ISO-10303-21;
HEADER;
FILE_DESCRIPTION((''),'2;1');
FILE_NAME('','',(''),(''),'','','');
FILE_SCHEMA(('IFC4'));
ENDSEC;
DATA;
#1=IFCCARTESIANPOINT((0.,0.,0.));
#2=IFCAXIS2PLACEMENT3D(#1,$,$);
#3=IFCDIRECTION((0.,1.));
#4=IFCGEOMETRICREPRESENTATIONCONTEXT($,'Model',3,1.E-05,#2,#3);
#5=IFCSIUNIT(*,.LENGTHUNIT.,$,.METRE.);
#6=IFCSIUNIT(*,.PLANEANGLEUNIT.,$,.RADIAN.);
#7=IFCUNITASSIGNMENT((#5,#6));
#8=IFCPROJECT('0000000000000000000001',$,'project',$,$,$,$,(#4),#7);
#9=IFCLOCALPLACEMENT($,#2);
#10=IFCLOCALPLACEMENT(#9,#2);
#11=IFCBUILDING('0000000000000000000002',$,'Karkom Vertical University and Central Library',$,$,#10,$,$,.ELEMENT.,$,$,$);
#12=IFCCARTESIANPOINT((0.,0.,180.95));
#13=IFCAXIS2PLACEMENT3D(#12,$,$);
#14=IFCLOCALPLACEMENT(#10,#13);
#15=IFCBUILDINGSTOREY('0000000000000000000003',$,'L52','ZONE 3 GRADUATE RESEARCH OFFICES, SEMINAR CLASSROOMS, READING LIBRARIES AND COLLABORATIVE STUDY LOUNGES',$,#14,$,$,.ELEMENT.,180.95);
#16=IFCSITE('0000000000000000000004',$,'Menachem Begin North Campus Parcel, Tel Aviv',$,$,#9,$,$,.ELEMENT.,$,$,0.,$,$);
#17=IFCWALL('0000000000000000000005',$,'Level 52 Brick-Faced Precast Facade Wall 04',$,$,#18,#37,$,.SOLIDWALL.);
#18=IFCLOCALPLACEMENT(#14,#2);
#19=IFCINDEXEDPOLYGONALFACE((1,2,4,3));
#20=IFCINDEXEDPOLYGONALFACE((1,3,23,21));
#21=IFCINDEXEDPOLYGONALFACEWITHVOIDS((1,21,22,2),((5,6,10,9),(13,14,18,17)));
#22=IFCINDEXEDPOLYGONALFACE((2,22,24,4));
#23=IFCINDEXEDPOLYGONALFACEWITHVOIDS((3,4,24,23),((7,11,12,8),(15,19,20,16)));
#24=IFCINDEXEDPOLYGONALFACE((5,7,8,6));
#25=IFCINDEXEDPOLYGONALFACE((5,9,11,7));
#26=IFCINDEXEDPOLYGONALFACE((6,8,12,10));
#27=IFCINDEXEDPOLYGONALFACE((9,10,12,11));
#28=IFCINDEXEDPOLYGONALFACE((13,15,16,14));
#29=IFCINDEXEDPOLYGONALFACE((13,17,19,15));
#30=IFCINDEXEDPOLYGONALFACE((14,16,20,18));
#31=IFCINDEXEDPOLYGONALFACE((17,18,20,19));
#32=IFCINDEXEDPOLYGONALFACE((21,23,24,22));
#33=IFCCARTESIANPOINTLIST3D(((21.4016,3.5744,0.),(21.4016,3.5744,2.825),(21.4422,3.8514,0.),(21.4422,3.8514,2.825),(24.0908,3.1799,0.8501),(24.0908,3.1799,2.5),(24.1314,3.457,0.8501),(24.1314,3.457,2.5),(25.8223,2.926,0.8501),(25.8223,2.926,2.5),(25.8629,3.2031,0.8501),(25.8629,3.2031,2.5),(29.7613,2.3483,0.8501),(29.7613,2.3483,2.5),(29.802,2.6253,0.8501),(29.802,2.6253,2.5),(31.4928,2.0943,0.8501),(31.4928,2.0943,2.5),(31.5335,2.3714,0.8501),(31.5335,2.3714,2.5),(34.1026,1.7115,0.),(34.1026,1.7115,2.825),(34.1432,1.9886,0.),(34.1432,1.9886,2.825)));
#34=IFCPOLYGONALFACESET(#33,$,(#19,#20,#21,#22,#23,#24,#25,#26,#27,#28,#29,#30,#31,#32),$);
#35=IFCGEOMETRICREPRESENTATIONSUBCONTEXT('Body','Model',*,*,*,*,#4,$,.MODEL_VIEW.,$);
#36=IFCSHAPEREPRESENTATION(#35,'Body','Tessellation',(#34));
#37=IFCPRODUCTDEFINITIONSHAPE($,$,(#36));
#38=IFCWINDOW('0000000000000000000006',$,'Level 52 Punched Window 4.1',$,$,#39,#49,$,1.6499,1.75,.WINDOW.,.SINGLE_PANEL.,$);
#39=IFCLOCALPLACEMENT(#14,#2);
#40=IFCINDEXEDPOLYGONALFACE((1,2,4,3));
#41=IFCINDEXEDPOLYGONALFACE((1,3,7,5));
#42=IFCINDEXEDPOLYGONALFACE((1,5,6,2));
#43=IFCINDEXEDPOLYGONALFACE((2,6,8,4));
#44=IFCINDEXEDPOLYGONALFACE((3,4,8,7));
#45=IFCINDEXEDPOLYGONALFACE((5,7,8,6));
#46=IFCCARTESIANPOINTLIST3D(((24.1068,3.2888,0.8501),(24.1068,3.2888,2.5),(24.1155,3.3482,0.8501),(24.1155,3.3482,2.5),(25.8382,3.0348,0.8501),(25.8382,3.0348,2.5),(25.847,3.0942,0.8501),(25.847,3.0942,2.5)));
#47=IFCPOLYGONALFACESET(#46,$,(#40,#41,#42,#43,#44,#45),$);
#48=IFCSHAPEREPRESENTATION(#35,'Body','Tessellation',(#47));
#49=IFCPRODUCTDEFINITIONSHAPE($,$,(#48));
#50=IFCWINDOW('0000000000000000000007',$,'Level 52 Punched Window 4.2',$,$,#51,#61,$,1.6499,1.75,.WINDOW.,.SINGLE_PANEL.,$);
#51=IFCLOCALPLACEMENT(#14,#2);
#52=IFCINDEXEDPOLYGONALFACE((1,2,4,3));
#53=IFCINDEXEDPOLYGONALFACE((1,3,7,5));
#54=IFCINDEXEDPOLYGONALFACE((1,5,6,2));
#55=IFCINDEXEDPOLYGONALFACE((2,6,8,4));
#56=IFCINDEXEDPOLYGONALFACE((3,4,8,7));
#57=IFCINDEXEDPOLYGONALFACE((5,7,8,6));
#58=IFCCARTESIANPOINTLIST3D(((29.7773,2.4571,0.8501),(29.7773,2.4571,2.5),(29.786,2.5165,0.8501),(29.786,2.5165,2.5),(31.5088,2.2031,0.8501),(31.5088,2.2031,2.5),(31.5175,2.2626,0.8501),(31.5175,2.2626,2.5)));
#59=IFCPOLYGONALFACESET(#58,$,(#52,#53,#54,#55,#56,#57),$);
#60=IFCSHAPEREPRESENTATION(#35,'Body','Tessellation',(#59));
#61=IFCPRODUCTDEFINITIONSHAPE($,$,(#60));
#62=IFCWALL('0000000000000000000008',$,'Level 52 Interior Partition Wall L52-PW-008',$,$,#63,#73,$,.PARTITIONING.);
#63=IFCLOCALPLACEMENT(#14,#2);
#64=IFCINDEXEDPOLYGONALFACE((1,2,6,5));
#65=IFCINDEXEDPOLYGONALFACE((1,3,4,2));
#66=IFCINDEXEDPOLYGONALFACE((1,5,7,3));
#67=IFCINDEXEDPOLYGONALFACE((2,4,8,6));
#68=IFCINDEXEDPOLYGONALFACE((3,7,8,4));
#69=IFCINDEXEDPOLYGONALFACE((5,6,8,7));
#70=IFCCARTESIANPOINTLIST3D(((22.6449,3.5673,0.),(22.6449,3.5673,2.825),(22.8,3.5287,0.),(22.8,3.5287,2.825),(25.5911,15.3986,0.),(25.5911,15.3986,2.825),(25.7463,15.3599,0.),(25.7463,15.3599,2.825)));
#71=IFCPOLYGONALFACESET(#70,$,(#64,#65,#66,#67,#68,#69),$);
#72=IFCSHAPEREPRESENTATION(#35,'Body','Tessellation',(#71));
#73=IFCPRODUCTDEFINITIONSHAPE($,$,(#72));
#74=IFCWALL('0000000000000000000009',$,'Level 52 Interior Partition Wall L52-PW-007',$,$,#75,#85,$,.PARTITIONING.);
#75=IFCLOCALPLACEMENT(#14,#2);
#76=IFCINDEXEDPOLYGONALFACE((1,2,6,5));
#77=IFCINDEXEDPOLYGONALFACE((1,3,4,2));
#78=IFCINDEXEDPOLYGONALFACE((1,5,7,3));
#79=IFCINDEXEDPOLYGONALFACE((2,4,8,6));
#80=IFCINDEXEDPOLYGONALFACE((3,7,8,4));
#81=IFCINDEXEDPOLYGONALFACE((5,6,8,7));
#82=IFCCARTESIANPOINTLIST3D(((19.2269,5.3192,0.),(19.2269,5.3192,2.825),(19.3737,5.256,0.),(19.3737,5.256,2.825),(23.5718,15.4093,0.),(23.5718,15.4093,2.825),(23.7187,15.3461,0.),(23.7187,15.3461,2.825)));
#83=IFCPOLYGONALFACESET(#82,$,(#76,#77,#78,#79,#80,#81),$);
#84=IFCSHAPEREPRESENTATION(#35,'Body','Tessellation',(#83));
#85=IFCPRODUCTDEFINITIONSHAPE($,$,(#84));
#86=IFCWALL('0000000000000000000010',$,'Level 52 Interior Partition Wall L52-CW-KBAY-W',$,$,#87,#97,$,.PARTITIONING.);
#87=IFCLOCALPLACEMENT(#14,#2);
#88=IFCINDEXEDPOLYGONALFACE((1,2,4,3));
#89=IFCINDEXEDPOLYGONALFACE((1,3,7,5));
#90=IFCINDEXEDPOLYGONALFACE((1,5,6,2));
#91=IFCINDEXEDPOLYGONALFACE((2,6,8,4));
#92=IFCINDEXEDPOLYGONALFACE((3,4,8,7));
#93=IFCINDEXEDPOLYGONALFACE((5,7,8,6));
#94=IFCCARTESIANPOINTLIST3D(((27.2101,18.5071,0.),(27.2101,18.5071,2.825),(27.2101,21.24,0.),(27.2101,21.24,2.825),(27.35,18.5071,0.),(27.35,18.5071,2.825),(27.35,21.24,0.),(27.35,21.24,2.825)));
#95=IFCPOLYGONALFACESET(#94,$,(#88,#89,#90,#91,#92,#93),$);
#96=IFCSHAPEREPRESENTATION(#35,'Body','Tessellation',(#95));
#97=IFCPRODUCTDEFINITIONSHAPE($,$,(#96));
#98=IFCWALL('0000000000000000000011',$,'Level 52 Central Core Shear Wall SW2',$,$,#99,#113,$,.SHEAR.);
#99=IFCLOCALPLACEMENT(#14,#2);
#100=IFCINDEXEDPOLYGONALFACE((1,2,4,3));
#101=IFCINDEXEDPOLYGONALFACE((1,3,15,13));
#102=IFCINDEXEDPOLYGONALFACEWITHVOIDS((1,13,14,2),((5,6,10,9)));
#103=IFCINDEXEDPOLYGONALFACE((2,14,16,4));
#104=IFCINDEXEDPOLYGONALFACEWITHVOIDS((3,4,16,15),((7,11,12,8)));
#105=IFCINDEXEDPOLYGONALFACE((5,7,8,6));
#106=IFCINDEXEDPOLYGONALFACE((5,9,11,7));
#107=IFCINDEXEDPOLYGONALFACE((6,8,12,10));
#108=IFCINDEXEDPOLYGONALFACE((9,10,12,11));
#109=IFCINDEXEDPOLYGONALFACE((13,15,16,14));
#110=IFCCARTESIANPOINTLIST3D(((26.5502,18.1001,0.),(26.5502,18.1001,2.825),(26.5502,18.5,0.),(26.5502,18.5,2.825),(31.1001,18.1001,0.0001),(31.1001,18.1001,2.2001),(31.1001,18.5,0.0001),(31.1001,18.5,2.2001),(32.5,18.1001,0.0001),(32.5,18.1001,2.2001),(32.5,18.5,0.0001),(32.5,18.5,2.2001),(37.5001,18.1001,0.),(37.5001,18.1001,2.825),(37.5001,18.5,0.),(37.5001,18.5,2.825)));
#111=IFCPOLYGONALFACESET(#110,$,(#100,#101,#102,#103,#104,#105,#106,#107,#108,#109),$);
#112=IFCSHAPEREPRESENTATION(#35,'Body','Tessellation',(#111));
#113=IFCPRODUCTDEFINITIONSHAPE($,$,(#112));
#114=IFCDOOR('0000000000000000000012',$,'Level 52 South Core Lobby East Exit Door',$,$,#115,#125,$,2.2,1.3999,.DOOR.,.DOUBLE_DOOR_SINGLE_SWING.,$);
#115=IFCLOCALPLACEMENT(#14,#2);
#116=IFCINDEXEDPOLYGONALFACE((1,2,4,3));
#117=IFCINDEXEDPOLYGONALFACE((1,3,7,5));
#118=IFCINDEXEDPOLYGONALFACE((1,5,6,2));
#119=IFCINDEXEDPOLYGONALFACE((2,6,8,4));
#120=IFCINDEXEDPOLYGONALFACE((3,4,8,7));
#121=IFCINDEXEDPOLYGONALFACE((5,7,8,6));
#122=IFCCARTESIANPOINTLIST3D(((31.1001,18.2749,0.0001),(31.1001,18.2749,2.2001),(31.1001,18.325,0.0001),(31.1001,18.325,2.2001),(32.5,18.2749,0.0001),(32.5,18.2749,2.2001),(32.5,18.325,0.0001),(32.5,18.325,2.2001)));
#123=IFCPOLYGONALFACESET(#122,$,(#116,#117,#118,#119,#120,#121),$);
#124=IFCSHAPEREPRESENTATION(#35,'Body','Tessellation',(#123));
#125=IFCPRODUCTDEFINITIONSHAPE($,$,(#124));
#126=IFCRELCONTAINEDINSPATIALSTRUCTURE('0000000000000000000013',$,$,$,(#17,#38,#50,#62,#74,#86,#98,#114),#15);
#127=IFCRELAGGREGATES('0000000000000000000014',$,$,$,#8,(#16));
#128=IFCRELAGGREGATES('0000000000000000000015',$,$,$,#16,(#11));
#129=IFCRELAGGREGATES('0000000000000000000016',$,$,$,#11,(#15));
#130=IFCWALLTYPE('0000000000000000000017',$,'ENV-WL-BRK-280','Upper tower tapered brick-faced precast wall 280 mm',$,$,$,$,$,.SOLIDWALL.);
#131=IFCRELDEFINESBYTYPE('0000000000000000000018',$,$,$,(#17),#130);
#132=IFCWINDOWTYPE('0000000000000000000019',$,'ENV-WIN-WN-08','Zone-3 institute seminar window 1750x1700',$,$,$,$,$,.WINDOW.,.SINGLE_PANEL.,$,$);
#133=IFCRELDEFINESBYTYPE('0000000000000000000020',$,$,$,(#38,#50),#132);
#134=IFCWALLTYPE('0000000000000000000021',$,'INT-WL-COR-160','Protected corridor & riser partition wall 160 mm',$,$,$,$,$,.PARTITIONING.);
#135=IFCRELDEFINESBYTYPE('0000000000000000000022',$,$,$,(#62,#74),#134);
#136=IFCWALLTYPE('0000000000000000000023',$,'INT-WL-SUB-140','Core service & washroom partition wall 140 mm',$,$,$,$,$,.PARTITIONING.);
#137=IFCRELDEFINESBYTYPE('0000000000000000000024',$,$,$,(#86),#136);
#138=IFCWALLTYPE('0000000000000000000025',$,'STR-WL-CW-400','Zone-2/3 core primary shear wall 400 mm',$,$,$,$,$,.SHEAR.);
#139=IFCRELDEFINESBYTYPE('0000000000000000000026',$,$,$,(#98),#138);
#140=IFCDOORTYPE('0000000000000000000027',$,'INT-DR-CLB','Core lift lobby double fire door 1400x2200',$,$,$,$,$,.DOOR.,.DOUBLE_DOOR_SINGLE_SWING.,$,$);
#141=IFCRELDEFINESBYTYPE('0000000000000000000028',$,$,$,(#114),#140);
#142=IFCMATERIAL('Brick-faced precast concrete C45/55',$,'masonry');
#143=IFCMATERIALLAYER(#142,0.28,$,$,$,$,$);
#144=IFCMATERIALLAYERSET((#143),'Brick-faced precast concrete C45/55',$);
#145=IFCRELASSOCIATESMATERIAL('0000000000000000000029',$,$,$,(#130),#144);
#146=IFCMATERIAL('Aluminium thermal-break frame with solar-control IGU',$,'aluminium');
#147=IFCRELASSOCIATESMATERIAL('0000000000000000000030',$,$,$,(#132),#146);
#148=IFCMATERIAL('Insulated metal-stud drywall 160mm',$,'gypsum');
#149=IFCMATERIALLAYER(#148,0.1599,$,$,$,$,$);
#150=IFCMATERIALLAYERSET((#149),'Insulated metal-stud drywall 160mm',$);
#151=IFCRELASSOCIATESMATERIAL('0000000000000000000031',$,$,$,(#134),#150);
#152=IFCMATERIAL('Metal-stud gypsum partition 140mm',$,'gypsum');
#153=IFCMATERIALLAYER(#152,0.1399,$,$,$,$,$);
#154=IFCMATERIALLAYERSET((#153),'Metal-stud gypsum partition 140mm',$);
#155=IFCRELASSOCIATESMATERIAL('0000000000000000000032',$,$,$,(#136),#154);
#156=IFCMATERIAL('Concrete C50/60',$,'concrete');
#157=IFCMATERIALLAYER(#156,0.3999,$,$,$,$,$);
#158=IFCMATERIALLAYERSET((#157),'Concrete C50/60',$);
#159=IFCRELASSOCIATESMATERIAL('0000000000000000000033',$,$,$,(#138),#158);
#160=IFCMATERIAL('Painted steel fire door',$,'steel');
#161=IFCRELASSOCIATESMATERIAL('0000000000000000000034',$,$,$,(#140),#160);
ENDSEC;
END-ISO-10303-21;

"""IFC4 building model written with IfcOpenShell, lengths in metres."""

from ifc_helpers import new_model, si_unit, direction, frame, frame_2d, origin, origin_with_axes, place, context, subcontext, project, spatial, rectangle, extrude, source, transform, mapped, material, layer, layer_set, type_object, element, fill, save


model = new_model("IFC4")

# Units and contexts
model_context = context("Model", 3, precision=1e-05, world=origin(), true_north=direction((0.0, 1.0)))
body_context = subcontext(model_context, "Body", "Model", "MODEL_VIEW")
ifc_project = project(units=[si_unit("LENGTHUNIT", "METRE"), si_unit("PLANEANGLEUNIT", "RADIAN")], contexts=[model_context])

# Site, building, storey
site_placement = place(None, origin())
site = spatial("IfcSite", under=ifc_project, at=site_placement, Name="Menachem Begin North Campus Parcel, Tel Aviv", CompositionType="ELEMENT", RefElevation=0.0)
building_placement = place(site_placement, origin())
building = spatial("IfcBuilding", under=site, at=building_placement, Name="Karkom Vertical University and Central Library", CompositionType="ELEMENT")
storey_placement = place(building_placement, frame((0.0, 0.0, 180.95)))
storey = spatial("IfcBuildingStorey", under=building, at=storey_placement, Name="L52", Description="ZONE 3 GRADUATE RESEARCH OFFICES, SEMINAR CLASSROOMS, READING LIBRARIES AND COLLABORATIVE STUDY LOUNGES", CompositionType="ELEMENT", Elevation=180.95)

# Shared definitions
ifc_material_1 = material(Name="Concrete C50/60", Category="concrete")

# Wall, openings, windows
ifc_material_2 = material(Name="Brick-faced precast concrete C45/55", Category="masonry")
ifc_layer_1 = layer(ifc_material_2, 0.28)
ifc_layer_set_1 = layer_set([ifc_layer_1], Name="Brick-faced precast concrete C45/55")
wall_type_1 = type_object("IfcWallType", Name="ENV-WL-BRK-280", Description="Upper tower tapered brick-faced precast wall 280 mm", PredefinedType="SOLIDWALL", material=ifc_layer_set_1)
wall_1_placement = place(storey_placement, frame((21.4219, 3.7129, 0.0), z_axis=(0.0, 0.0, 1.0), x_axis=(0.989415, -0.145113, 0.0)))
wall_1 = element("IfcWall", 1, at=wall_1_placement, inside=storey, type_object=wall_type_1, Name="Level 52 Brick-Faced Precast Facade Wall 04", PredefinedType="SOLIDWALL", context=body_context, shape_type="SweptSolid", body=[
    extrude(rectangle(XDim=12.8369, YDim=0.28, at=frame_2d((6.4185, 0.0))), origin(), (0.0, 0.0, 1.0), 2.825),
])
opening_1_placement = place(wall_1_placement, frame((2.718, 0.0, 0.8501)))
opening_1 = element("IfcOpeningElement", 2, at=opening_1_placement, cuts=wall_1, PredefinedType="OPENING", context=body_context, shape_type="SweptSolid", body=[
    extrude(rectangle(XDim=1.75, YDim=1.6499, at=frame_2d((0.875, 0.825))), frame((0.0, 0.1499, 0.0), z_axis=(0.0, -1.0, 0.0), x_axis=(1.0, 0.0, 0.0)), (0.0, 0.0, 1.0), 0.3),
])
opening_2_placement = place(wall_1_placement, frame((8.4492, 0.0, 0.8501)))
opening_2 = element("IfcOpeningElement", 3, at=opening_2_placement, cuts=wall_1, PredefinedType="OPENING", context=body_context, shape_type="SweptSolid", body=[
    extrude(rectangle(XDim=1.75, YDim=1.6499, at=frame_2d((0.875, 0.825))), frame((0.0, 0.1499, 0.0), z_axis=(0.0, -1.0, 0.0), x_axis=(1.0, 0.0, 0.0)), (0.0, 0.0, 1.0), 0.3),
])
ifc_material_3 = material(Name="Aluminium thermal-break frame with solar-control IGU", Category="aluminium")
window_type = type_object("IfcWindowType", Name="ENV-WIN-WN-08", Description="Zone-3 institute seminar window 1750x1700", PartitioningType="SINGLE_PANEL", PredefinedType="WINDOW", material=ifc_material_3)
shared_shape_1 = source(origin_with_axes(), body_context, "Body", "SweptSolid", [
    extrude(rectangle(XDim=1.75, YDim=1.6499, at=frame_2d((0.875, 0.825))), frame((0.0, 0.03, 0.0), z_axis=(0.0, -1.0, 0.0), x_axis=(1.0, 0.0, 0.0)), (0.0, 0.0, 1.0), 0.0601),
])
window_1_placement = place(opening_1_placement, origin())
window_1 = element("IfcWindow", 4, at=window_1_placement, inside=storey, type_object=window_type, Name="Level 52 Punched Window 4.1", OverallHeight=1.6499, OverallWidth=1.75, PartitioningType="SINGLE_PANEL", PredefinedType="WINDOW", context=body_context, shape_type="MappedRepresentation", body=[
    mapped(shared_shape_1, transform((0.0, 0.0, 0.0), scale=1.0)),
])
fill(opening_1, window_1)
window_2_placement = place(opening_2_placement, origin())
window_2 = element("IfcWindow", 5, at=window_2_placement, inside=storey, type_object=window_type, Name="Level 52 Punched Window 4.2", OverallHeight=1.6499, OverallWidth=1.75, PartitioningType="SINGLE_PANEL", PredefinedType="WINDOW", context=body_context, shape_type="MappedRepresentation", body=[
    mapped(shared_shape_1, transform((0.0, 0.0, 0.0), scale=1.0)),
])
fill(opening_2, window_2)

# Walls
ifc_material_4 = material(Name="Insulated metal-stud drywall 160mm", Category="gypsum")
ifc_layer_2 = layer(ifc_material_4, 0.1599)
ifc_layer_set_2 = layer_set([ifc_layer_2], Name="Insulated metal-stud drywall 160mm")
wall_type_2 = type_object("IfcWallType", Name="INT-WL-COR-160", Description="Protected corridor & riser partition wall 160 mm", PredefinedType="PARTITIONING", material=ifc_layer_set_2)
wall_2_placement = place(storey_placement, frame((25.6687, 15.3792, 0.0), z_axis=(0.0, 0.0, 1.0), x_axis=(-0.241645, -0.970365, 0.0)))
element("IfcWall", 6, at=wall_2_placement, inside=storey, type_object=wall_type_2, Name="Level 52 Interior Partition Wall L52-PW-008", PredefinedType="PARTITIONING", context=body_context, shape_type="SweptSolid", body=[
    extrude(rectangle(XDim=12.1926, YDim=0.1599, at=frame_2d((6.0962, 0.0))), origin(), (0.0, 0.0, 1.0), 2.825),
])
wall_3_placement = place(storey_placement, frame((23.6453, 15.3777, 0.0), z_axis=(0.0, 0.0, 1.0), x_axis=(-0.395507, -0.918463, 0.0)))
element("IfcWall", 7, at=wall_3_placement, inside=storey, type_object=wall_type_2, Name="Level 52 Interior Partition Wall L52-PW-007", PredefinedType="PARTITIONING", context=body_context, shape_type="SweptSolid", body=[
    extrude(rectangle(XDim=10.9858, YDim=0.1599, at=frame_2d((5.4929, 0.0))), origin(), (0.0, 0.0, 1.0), 2.825),
])
ifc_material_5 = material(Name="Metal-stud gypsum partition 140mm", Category="gypsum")
ifc_layer_3 = layer(ifc_material_5, 0.1399)
ifc_layer_set_3 = layer_set([ifc_layer_3], Name="Metal-stud gypsum partition 140mm")
wall_type_3 = type_object("IfcWallType", Name="INT-WL-SUB-140", Description="Core service & washroom partition wall 140 mm", PredefinedType="PARTITIONING", material=ifc_layer_set_3)
wall_4_placement = place(storey_placement, frame((27.28, 18.5071, 0.0), z_axis=(0.0, 0.0, 1.0), x_axis=(0.0, 1.0, 0.0)))
element("IfcWall", 8, at=wall_4_placement, inside=storey, type_object=wall_type_3, Name="Level 52 Interior Partition Wall L52-CW-KBAY-W", PredefinedType="PARTITIONING", context=body_context, shape_type="SweptSolid", body=[
    extrude(rectangle(XDim=2.7329, YDim=0.1399, at=frame_2d((1.3665, 0.0))), origin(), (0.0, 0.0, 1.0), 2.825),
])

# Wall, opening, door
ifc_layer_4 = layer(ifc_material_1, 0.3999)
ifc_layer_set_4 = layer_set([ifc_layer_4], Name="Concrete C50/60")
wall_type_4 = type_object("IfcWallType", Name="STR-WL-CW-400", Description="Zone-2/3 core primary shear wall 400 mm", PredefinedType="SHEAR", material=ifc_layer_set_4)
wall_5_placement = place(storey_placement, frame((26.55, 18.3, 0.0), z_axis=(0.0, 0.0, 1.0), x_axis=(1.0, 0.0, 0.0)))
wall_5 = element("IfcWall", 9, at=wall_5_placement, inside=storey, type_object=wall_type_4, Name="Level 52 Central Core Shear Wall SW2", PredefinedType="SHEAR", context=body_context, shape_type="SweptSolid", body=[
    extrude(rectangle(XDim=10.95, YDim=0.3999, at=frame_2d((5.4751, 0.0))), origin(), (0.0, 0.0, 1.0), 2.825),
])
opening_3_placement = place(wall_5_placement, frame((4.55, 0.0, 0.0)))
opening_3 = element("IfcOpeningElement", 10, at=opening_3_placement, cuts=wall_5, PredefinedType="OPENING", context=body_context, shape_type="SweptSolid", body=[
    extrude(rectangle(XDim=1.3999, YDim=2.2, at=frame_2d((0.7, 1.1001))), frame((0.0, 0.21, 0.0), z_axis=(0.0, -1.0, 0.0), x_axis=(1.0, 0.0, 0.0)), (0.0, 0.0, 1.0), 0.4199),
])
ifc_material_6 = material(Name="Painted steel fire door", Category="steel")
door_type = type_object("IfcDoorType", Name="INT-DR-CLB", Description="Core lift lobby double fire door 1400x2200", OperationType="DOUBLE_DOOR_SINGLE_SWING", PredefinedType="DOOR", material=ifc_material_6)
shared_shape_2 = source(origin_with_axes(), body_context, "Body", "SweptSolid", [
    extrude(rectangle(XDim=1.3999, YDim=2.2, at=frame_2d((0.7, 1.1001))), frame((0.0, 0.0249, 0.0), z_axis=(0.0, -1.0, 0.0), x_axis=(1.0, 0.0, 0.0)), (0.0, 0.0, 1.0), 0.05),
])
door_placement = place(opening_3_placement, origin())
door = element("IfcDoor", 11, at=door_placement, inside=storey, type_object=door_type, Name="Level 52 South Core Lobby East Exit Door", OperationType="DOUBLE_DOOR_SINGLE_SWING", OverallHeight=2.2, OverallWidth=1.3999, PredefinedType="DOOR", context=body_context, shape_type="MappedRepresentation", body=[
    mapped(shared_shape_2, transform((0.0, 0.0, 0.0), scale=1.0)),
])
fill(opening_3, door)

save(model, "model.ifc")
